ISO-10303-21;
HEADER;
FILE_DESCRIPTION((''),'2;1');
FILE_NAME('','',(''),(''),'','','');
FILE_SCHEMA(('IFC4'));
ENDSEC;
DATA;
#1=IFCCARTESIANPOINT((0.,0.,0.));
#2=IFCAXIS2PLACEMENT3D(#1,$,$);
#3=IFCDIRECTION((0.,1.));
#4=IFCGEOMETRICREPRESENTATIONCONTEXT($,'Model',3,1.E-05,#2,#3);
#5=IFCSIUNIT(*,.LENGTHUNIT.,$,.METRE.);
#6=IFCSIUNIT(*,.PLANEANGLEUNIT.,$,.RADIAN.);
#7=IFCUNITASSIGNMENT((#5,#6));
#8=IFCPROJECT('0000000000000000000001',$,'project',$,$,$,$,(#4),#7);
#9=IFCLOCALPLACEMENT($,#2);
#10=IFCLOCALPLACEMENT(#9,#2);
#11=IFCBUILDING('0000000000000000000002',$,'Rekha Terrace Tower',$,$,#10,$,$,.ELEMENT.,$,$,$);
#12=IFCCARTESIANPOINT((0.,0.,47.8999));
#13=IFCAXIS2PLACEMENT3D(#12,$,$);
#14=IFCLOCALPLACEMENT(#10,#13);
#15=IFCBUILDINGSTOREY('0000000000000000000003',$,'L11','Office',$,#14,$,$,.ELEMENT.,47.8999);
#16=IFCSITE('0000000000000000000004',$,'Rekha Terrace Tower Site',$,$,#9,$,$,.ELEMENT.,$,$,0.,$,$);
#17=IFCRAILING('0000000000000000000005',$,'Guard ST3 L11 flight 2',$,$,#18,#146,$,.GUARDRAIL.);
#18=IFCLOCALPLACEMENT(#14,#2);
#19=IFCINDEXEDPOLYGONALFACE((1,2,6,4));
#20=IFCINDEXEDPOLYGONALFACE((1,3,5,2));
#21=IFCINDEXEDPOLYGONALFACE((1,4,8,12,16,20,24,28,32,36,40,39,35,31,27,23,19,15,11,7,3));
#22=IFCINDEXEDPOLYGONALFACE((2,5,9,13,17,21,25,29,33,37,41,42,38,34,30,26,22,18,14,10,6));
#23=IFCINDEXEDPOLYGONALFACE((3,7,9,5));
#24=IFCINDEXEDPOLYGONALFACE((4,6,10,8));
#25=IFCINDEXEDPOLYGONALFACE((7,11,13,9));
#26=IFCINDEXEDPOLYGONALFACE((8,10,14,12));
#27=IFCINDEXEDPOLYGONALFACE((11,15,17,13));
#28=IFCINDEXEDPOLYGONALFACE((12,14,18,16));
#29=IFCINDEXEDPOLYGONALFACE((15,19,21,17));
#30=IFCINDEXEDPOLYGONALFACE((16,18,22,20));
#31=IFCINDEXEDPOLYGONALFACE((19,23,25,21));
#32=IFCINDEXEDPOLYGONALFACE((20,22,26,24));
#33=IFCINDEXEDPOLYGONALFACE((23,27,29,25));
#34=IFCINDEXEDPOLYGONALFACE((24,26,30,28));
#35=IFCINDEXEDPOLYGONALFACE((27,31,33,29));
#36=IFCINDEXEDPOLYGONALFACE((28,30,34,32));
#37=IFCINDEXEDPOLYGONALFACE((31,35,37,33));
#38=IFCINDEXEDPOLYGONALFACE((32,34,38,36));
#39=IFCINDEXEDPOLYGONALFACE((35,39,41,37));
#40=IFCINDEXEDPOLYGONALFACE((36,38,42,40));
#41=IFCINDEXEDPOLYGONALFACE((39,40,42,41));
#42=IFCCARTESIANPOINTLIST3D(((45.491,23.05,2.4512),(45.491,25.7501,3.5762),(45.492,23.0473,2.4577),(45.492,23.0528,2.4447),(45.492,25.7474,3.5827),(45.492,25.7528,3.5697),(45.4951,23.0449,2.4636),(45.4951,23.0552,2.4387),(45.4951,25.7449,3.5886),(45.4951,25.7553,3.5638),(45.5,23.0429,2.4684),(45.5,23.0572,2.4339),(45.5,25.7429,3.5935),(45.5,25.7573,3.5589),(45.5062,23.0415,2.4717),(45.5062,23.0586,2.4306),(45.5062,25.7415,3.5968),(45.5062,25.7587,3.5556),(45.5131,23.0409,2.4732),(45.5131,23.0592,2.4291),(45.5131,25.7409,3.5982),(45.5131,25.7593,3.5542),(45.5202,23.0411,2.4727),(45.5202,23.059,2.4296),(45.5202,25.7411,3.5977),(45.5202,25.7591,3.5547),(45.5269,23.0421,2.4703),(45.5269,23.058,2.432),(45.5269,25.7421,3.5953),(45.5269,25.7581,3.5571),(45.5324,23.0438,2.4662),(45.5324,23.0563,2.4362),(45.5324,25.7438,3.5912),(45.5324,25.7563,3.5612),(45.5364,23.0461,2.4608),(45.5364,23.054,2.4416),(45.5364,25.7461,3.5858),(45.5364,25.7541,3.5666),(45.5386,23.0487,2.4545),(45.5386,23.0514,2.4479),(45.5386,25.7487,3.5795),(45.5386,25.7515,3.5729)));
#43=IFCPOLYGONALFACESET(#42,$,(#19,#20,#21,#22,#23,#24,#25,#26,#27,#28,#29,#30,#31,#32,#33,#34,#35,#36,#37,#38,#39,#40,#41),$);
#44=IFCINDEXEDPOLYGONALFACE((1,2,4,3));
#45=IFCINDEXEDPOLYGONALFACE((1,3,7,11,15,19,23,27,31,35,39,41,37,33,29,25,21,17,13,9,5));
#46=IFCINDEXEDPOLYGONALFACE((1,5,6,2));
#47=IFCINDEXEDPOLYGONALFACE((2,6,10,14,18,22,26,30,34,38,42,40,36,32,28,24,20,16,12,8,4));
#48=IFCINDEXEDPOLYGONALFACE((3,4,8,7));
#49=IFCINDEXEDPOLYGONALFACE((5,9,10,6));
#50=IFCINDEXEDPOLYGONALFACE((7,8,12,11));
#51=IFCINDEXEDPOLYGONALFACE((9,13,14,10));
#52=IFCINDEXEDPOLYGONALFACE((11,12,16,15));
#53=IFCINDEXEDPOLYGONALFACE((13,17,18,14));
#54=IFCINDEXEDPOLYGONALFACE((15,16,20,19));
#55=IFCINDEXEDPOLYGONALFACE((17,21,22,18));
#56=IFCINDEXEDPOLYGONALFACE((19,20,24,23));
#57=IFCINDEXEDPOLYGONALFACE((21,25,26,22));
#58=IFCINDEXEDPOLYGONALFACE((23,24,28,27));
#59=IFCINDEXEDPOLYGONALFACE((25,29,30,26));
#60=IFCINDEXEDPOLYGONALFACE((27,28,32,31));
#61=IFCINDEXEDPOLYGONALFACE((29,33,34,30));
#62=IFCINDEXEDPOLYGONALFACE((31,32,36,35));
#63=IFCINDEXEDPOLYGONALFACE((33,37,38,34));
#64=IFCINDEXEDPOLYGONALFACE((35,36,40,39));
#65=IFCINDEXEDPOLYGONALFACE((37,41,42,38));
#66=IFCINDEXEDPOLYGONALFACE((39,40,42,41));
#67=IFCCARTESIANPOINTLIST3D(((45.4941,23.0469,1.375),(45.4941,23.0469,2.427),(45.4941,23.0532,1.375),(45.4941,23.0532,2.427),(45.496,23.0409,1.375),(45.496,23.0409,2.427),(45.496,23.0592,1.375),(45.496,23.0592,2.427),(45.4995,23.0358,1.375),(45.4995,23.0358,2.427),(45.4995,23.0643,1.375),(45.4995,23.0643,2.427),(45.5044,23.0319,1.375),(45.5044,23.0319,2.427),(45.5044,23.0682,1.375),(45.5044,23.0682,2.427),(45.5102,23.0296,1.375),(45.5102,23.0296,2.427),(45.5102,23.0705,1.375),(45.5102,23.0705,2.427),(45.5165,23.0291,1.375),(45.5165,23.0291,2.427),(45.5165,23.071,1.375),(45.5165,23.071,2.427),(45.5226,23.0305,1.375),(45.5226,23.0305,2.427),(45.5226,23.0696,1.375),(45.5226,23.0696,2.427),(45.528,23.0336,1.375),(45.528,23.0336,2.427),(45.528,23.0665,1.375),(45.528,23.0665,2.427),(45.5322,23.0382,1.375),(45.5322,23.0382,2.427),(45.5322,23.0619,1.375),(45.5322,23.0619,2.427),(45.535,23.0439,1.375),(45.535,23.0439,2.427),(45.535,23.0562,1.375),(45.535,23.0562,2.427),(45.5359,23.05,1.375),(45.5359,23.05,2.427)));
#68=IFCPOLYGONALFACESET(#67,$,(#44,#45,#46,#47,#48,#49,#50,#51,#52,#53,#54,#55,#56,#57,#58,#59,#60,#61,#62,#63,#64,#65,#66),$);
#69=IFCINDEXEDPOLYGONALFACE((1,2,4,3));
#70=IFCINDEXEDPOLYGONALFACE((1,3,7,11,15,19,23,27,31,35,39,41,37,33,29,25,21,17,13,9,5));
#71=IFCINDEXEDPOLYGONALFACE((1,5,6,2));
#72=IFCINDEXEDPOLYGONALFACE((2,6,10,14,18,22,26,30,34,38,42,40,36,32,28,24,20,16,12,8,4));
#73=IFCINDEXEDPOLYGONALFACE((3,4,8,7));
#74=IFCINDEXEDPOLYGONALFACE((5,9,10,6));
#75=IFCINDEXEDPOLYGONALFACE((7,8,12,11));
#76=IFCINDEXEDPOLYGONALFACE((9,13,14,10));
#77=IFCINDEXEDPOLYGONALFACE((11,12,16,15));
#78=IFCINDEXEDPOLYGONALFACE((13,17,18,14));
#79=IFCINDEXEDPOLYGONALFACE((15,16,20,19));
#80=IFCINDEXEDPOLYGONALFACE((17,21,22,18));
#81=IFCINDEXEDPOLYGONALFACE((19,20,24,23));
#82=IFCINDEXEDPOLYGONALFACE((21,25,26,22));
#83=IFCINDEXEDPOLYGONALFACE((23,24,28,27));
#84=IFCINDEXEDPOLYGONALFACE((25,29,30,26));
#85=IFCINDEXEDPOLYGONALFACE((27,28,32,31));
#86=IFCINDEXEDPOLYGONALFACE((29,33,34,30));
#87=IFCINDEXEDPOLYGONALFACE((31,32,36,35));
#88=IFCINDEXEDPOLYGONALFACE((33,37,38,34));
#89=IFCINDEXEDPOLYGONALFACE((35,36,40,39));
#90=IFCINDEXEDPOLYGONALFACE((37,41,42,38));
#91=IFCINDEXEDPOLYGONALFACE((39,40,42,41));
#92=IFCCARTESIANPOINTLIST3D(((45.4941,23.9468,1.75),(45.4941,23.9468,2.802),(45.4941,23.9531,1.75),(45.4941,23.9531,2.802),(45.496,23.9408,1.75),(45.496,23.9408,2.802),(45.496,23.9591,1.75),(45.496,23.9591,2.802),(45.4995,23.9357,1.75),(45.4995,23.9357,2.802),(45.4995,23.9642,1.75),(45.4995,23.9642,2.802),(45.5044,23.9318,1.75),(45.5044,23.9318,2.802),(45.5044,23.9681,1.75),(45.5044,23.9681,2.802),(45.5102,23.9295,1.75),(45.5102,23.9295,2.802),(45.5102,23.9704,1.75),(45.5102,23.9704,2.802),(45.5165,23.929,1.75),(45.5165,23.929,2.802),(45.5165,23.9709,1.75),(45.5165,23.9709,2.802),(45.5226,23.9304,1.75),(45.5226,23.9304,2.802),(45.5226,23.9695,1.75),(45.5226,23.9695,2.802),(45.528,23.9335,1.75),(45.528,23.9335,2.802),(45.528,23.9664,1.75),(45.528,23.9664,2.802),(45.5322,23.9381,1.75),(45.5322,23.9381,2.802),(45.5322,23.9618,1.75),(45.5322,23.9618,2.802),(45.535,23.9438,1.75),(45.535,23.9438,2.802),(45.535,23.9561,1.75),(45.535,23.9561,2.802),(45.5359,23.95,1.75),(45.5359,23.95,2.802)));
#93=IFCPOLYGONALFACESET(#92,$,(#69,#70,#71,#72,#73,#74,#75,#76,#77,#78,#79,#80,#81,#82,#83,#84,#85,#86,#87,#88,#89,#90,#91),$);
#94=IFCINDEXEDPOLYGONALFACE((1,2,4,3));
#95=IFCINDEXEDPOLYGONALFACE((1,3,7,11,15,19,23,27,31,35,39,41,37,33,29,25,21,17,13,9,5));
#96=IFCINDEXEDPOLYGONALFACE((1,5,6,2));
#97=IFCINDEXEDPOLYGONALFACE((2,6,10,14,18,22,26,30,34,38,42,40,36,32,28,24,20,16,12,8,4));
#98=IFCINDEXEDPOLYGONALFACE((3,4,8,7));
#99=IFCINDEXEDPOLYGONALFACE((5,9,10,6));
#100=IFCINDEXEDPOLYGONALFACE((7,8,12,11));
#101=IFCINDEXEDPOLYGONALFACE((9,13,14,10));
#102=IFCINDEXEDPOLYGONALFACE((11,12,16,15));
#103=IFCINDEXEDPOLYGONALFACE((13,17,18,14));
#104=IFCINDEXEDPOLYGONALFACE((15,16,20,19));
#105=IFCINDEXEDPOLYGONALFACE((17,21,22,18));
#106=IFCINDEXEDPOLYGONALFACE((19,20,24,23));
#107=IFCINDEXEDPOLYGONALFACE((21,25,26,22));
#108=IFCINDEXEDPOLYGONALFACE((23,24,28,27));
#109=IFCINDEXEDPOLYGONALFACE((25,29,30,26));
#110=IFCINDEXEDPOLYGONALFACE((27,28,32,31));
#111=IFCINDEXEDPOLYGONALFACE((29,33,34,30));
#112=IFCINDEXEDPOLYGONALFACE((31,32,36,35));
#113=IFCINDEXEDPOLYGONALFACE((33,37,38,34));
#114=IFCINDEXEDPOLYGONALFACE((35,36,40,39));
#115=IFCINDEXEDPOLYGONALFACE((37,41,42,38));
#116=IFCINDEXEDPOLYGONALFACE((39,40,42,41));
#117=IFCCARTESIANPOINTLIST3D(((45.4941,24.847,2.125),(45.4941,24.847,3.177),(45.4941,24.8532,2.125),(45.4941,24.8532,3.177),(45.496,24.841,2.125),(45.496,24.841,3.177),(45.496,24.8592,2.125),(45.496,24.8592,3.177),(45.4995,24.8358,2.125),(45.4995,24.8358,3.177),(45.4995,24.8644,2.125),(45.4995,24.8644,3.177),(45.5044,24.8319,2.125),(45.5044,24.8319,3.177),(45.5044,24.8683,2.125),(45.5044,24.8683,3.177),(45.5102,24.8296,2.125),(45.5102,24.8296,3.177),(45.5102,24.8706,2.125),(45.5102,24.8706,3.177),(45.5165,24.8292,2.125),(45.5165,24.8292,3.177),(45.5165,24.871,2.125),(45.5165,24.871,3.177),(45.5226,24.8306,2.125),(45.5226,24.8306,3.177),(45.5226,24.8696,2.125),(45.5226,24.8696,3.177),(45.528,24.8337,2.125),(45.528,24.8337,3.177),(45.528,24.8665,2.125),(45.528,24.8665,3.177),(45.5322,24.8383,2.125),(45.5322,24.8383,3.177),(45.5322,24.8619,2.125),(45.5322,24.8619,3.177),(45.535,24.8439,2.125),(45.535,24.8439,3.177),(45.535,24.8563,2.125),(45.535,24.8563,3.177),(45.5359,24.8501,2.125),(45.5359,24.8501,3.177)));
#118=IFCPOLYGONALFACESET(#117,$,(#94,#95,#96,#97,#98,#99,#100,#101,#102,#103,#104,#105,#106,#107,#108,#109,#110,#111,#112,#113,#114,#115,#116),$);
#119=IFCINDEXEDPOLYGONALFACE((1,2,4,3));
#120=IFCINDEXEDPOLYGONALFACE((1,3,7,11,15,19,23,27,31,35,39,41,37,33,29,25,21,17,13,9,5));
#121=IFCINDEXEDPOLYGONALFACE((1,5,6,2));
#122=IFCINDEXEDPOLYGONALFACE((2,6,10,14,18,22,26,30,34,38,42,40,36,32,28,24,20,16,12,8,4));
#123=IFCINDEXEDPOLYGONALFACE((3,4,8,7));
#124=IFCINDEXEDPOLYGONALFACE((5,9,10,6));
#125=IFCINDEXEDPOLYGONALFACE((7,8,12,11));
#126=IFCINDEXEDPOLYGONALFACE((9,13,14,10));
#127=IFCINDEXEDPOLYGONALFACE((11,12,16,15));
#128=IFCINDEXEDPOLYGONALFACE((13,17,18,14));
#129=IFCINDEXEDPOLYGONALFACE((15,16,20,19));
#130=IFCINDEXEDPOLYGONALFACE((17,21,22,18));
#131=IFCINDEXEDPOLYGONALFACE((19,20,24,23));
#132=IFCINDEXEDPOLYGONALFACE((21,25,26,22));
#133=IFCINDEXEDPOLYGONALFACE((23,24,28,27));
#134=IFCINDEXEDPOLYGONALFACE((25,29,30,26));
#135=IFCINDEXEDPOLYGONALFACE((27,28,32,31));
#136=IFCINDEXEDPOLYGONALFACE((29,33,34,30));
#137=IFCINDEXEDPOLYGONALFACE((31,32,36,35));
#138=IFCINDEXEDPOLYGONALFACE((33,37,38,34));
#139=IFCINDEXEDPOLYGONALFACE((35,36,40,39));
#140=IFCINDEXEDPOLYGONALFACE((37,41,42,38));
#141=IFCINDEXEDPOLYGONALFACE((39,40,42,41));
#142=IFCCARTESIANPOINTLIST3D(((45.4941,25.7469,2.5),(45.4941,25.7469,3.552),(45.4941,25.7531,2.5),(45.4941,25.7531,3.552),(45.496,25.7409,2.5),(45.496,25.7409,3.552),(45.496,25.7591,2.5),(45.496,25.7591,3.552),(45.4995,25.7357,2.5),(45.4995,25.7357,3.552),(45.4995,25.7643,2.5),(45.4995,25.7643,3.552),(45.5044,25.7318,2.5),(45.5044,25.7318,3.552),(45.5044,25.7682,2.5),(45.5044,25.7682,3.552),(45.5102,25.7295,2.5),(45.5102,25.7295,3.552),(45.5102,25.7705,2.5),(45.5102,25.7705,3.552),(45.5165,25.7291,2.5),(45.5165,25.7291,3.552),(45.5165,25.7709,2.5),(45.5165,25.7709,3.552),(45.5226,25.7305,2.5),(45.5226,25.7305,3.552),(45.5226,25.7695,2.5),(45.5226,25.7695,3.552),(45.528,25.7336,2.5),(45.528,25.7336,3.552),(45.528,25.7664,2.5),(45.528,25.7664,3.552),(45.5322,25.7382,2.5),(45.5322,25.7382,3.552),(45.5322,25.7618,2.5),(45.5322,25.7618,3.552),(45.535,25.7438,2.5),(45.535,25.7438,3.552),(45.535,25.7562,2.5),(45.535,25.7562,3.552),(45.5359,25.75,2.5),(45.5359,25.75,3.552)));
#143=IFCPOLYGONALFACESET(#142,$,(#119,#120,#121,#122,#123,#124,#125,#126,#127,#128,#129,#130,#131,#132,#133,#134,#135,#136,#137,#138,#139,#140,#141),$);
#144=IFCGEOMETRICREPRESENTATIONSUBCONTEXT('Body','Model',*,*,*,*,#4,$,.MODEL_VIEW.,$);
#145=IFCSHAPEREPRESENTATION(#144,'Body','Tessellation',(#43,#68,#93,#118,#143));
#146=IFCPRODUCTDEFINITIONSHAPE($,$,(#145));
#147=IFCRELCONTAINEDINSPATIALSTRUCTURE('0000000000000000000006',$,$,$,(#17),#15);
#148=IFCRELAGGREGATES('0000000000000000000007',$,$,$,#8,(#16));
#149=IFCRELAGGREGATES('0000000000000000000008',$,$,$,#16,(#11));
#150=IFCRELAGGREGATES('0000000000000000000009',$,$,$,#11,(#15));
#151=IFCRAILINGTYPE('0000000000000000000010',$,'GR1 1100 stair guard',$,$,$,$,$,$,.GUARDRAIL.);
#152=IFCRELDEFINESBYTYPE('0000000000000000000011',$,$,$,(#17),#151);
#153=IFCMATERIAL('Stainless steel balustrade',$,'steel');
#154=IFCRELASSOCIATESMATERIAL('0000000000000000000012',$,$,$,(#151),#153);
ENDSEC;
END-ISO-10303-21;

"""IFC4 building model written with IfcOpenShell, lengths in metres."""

from ifc_helpers import new_model, si_unit, direction, frame, origin, origin_2d, place, context, subcontext, project, spatial, circle, extrude, material, type_object, element, save


model = new_model("IFC4")

# Units and contexts
model_context = context("Model", 3, precision=1e-05, world=origin(), true_north=direction((0.0, 1.0)))
body_context = subcontext(model_context, "Body", "Model", "MODEL_VIEW")
ifc_project = project(units=[si_unit("LENGTHUNIT", "METRE"), si_unit("PLANEANGLEUNIT", "RADIAN")], contexts=[model_context])

# Site, building, storey
site_placement = place(None, origin())
site = spatial("IfcSite", under=ifc_project, at=site_placement, Name="Rekha Terrace Tower Site", CompositionType="ELEMENT", RefElevation=0.0)
building_placement = place(site_placement, origin())
building = spatial("IfcBuilding", under=site, at=building_placement, Name="Rekha Terrace Tower", CompositionType="ELEMENT")
storey_placement = place(building_placement, frame((0.0, 0.0, 47.8999)))
storey = spatial("IfcBuildingStorey", under=building, at=storey_placement, Name="L11", Description="Office", CompositionType="ELEMENT", Elevation=47.8999)

# Railing
ifc_material_1 = material(Name="Stainless steel balustrade", Category="steel")
railing_type_1 = type_object("IfcRailingType", Name="GR1 1100 stair guard", PredefinedType="GUARDRAIL", material=ifc_material_1)
railing_1_placement = place(storey_placement, frame((45.5149, 23.05, 1.375)))
element("IfcRailing", 1, at=railing_1_placement, inside=storey, type_object=railing_type_1, Name="Guard ST3 L11 flight 2", PredefinedType="GUARDRAIL", context=body_context, shape_type="SweptSolid", body=[
    extrude(circle(Radius=0.0239, at=origin_2d()), frame((0.0, 0.0, 1.0762), z_axis=(0.0, 0.923074, 0.384621), x_axis=(-1.0, 0.0, 0.0)), (0.0, 0.0, 1.0), 2.925),
    extrude(circle(Radius=0.021, at=origin_2d()), origin(), (0.0, 0.0, 1.0), 1.052),
    extrude(circle(Radius=0.021, at=origin_2d()), frame((0.0, 0.8999, 0.375)), (0.0, 0.0, 1.0), 1.052),
    extrude(circle(Radius=0.021, at=origin_2d()), frame((0.0, 1.8, 0.75)), (0.0, 0.0, 1.0), 1.052),
    extrude(circle(Radius=0.021, at=origin_2d()), frame((0.0, 2.7, 1.125)), (0.0, 0.0, 1.0), 1.052),
])

save(model, "model.ifc")
